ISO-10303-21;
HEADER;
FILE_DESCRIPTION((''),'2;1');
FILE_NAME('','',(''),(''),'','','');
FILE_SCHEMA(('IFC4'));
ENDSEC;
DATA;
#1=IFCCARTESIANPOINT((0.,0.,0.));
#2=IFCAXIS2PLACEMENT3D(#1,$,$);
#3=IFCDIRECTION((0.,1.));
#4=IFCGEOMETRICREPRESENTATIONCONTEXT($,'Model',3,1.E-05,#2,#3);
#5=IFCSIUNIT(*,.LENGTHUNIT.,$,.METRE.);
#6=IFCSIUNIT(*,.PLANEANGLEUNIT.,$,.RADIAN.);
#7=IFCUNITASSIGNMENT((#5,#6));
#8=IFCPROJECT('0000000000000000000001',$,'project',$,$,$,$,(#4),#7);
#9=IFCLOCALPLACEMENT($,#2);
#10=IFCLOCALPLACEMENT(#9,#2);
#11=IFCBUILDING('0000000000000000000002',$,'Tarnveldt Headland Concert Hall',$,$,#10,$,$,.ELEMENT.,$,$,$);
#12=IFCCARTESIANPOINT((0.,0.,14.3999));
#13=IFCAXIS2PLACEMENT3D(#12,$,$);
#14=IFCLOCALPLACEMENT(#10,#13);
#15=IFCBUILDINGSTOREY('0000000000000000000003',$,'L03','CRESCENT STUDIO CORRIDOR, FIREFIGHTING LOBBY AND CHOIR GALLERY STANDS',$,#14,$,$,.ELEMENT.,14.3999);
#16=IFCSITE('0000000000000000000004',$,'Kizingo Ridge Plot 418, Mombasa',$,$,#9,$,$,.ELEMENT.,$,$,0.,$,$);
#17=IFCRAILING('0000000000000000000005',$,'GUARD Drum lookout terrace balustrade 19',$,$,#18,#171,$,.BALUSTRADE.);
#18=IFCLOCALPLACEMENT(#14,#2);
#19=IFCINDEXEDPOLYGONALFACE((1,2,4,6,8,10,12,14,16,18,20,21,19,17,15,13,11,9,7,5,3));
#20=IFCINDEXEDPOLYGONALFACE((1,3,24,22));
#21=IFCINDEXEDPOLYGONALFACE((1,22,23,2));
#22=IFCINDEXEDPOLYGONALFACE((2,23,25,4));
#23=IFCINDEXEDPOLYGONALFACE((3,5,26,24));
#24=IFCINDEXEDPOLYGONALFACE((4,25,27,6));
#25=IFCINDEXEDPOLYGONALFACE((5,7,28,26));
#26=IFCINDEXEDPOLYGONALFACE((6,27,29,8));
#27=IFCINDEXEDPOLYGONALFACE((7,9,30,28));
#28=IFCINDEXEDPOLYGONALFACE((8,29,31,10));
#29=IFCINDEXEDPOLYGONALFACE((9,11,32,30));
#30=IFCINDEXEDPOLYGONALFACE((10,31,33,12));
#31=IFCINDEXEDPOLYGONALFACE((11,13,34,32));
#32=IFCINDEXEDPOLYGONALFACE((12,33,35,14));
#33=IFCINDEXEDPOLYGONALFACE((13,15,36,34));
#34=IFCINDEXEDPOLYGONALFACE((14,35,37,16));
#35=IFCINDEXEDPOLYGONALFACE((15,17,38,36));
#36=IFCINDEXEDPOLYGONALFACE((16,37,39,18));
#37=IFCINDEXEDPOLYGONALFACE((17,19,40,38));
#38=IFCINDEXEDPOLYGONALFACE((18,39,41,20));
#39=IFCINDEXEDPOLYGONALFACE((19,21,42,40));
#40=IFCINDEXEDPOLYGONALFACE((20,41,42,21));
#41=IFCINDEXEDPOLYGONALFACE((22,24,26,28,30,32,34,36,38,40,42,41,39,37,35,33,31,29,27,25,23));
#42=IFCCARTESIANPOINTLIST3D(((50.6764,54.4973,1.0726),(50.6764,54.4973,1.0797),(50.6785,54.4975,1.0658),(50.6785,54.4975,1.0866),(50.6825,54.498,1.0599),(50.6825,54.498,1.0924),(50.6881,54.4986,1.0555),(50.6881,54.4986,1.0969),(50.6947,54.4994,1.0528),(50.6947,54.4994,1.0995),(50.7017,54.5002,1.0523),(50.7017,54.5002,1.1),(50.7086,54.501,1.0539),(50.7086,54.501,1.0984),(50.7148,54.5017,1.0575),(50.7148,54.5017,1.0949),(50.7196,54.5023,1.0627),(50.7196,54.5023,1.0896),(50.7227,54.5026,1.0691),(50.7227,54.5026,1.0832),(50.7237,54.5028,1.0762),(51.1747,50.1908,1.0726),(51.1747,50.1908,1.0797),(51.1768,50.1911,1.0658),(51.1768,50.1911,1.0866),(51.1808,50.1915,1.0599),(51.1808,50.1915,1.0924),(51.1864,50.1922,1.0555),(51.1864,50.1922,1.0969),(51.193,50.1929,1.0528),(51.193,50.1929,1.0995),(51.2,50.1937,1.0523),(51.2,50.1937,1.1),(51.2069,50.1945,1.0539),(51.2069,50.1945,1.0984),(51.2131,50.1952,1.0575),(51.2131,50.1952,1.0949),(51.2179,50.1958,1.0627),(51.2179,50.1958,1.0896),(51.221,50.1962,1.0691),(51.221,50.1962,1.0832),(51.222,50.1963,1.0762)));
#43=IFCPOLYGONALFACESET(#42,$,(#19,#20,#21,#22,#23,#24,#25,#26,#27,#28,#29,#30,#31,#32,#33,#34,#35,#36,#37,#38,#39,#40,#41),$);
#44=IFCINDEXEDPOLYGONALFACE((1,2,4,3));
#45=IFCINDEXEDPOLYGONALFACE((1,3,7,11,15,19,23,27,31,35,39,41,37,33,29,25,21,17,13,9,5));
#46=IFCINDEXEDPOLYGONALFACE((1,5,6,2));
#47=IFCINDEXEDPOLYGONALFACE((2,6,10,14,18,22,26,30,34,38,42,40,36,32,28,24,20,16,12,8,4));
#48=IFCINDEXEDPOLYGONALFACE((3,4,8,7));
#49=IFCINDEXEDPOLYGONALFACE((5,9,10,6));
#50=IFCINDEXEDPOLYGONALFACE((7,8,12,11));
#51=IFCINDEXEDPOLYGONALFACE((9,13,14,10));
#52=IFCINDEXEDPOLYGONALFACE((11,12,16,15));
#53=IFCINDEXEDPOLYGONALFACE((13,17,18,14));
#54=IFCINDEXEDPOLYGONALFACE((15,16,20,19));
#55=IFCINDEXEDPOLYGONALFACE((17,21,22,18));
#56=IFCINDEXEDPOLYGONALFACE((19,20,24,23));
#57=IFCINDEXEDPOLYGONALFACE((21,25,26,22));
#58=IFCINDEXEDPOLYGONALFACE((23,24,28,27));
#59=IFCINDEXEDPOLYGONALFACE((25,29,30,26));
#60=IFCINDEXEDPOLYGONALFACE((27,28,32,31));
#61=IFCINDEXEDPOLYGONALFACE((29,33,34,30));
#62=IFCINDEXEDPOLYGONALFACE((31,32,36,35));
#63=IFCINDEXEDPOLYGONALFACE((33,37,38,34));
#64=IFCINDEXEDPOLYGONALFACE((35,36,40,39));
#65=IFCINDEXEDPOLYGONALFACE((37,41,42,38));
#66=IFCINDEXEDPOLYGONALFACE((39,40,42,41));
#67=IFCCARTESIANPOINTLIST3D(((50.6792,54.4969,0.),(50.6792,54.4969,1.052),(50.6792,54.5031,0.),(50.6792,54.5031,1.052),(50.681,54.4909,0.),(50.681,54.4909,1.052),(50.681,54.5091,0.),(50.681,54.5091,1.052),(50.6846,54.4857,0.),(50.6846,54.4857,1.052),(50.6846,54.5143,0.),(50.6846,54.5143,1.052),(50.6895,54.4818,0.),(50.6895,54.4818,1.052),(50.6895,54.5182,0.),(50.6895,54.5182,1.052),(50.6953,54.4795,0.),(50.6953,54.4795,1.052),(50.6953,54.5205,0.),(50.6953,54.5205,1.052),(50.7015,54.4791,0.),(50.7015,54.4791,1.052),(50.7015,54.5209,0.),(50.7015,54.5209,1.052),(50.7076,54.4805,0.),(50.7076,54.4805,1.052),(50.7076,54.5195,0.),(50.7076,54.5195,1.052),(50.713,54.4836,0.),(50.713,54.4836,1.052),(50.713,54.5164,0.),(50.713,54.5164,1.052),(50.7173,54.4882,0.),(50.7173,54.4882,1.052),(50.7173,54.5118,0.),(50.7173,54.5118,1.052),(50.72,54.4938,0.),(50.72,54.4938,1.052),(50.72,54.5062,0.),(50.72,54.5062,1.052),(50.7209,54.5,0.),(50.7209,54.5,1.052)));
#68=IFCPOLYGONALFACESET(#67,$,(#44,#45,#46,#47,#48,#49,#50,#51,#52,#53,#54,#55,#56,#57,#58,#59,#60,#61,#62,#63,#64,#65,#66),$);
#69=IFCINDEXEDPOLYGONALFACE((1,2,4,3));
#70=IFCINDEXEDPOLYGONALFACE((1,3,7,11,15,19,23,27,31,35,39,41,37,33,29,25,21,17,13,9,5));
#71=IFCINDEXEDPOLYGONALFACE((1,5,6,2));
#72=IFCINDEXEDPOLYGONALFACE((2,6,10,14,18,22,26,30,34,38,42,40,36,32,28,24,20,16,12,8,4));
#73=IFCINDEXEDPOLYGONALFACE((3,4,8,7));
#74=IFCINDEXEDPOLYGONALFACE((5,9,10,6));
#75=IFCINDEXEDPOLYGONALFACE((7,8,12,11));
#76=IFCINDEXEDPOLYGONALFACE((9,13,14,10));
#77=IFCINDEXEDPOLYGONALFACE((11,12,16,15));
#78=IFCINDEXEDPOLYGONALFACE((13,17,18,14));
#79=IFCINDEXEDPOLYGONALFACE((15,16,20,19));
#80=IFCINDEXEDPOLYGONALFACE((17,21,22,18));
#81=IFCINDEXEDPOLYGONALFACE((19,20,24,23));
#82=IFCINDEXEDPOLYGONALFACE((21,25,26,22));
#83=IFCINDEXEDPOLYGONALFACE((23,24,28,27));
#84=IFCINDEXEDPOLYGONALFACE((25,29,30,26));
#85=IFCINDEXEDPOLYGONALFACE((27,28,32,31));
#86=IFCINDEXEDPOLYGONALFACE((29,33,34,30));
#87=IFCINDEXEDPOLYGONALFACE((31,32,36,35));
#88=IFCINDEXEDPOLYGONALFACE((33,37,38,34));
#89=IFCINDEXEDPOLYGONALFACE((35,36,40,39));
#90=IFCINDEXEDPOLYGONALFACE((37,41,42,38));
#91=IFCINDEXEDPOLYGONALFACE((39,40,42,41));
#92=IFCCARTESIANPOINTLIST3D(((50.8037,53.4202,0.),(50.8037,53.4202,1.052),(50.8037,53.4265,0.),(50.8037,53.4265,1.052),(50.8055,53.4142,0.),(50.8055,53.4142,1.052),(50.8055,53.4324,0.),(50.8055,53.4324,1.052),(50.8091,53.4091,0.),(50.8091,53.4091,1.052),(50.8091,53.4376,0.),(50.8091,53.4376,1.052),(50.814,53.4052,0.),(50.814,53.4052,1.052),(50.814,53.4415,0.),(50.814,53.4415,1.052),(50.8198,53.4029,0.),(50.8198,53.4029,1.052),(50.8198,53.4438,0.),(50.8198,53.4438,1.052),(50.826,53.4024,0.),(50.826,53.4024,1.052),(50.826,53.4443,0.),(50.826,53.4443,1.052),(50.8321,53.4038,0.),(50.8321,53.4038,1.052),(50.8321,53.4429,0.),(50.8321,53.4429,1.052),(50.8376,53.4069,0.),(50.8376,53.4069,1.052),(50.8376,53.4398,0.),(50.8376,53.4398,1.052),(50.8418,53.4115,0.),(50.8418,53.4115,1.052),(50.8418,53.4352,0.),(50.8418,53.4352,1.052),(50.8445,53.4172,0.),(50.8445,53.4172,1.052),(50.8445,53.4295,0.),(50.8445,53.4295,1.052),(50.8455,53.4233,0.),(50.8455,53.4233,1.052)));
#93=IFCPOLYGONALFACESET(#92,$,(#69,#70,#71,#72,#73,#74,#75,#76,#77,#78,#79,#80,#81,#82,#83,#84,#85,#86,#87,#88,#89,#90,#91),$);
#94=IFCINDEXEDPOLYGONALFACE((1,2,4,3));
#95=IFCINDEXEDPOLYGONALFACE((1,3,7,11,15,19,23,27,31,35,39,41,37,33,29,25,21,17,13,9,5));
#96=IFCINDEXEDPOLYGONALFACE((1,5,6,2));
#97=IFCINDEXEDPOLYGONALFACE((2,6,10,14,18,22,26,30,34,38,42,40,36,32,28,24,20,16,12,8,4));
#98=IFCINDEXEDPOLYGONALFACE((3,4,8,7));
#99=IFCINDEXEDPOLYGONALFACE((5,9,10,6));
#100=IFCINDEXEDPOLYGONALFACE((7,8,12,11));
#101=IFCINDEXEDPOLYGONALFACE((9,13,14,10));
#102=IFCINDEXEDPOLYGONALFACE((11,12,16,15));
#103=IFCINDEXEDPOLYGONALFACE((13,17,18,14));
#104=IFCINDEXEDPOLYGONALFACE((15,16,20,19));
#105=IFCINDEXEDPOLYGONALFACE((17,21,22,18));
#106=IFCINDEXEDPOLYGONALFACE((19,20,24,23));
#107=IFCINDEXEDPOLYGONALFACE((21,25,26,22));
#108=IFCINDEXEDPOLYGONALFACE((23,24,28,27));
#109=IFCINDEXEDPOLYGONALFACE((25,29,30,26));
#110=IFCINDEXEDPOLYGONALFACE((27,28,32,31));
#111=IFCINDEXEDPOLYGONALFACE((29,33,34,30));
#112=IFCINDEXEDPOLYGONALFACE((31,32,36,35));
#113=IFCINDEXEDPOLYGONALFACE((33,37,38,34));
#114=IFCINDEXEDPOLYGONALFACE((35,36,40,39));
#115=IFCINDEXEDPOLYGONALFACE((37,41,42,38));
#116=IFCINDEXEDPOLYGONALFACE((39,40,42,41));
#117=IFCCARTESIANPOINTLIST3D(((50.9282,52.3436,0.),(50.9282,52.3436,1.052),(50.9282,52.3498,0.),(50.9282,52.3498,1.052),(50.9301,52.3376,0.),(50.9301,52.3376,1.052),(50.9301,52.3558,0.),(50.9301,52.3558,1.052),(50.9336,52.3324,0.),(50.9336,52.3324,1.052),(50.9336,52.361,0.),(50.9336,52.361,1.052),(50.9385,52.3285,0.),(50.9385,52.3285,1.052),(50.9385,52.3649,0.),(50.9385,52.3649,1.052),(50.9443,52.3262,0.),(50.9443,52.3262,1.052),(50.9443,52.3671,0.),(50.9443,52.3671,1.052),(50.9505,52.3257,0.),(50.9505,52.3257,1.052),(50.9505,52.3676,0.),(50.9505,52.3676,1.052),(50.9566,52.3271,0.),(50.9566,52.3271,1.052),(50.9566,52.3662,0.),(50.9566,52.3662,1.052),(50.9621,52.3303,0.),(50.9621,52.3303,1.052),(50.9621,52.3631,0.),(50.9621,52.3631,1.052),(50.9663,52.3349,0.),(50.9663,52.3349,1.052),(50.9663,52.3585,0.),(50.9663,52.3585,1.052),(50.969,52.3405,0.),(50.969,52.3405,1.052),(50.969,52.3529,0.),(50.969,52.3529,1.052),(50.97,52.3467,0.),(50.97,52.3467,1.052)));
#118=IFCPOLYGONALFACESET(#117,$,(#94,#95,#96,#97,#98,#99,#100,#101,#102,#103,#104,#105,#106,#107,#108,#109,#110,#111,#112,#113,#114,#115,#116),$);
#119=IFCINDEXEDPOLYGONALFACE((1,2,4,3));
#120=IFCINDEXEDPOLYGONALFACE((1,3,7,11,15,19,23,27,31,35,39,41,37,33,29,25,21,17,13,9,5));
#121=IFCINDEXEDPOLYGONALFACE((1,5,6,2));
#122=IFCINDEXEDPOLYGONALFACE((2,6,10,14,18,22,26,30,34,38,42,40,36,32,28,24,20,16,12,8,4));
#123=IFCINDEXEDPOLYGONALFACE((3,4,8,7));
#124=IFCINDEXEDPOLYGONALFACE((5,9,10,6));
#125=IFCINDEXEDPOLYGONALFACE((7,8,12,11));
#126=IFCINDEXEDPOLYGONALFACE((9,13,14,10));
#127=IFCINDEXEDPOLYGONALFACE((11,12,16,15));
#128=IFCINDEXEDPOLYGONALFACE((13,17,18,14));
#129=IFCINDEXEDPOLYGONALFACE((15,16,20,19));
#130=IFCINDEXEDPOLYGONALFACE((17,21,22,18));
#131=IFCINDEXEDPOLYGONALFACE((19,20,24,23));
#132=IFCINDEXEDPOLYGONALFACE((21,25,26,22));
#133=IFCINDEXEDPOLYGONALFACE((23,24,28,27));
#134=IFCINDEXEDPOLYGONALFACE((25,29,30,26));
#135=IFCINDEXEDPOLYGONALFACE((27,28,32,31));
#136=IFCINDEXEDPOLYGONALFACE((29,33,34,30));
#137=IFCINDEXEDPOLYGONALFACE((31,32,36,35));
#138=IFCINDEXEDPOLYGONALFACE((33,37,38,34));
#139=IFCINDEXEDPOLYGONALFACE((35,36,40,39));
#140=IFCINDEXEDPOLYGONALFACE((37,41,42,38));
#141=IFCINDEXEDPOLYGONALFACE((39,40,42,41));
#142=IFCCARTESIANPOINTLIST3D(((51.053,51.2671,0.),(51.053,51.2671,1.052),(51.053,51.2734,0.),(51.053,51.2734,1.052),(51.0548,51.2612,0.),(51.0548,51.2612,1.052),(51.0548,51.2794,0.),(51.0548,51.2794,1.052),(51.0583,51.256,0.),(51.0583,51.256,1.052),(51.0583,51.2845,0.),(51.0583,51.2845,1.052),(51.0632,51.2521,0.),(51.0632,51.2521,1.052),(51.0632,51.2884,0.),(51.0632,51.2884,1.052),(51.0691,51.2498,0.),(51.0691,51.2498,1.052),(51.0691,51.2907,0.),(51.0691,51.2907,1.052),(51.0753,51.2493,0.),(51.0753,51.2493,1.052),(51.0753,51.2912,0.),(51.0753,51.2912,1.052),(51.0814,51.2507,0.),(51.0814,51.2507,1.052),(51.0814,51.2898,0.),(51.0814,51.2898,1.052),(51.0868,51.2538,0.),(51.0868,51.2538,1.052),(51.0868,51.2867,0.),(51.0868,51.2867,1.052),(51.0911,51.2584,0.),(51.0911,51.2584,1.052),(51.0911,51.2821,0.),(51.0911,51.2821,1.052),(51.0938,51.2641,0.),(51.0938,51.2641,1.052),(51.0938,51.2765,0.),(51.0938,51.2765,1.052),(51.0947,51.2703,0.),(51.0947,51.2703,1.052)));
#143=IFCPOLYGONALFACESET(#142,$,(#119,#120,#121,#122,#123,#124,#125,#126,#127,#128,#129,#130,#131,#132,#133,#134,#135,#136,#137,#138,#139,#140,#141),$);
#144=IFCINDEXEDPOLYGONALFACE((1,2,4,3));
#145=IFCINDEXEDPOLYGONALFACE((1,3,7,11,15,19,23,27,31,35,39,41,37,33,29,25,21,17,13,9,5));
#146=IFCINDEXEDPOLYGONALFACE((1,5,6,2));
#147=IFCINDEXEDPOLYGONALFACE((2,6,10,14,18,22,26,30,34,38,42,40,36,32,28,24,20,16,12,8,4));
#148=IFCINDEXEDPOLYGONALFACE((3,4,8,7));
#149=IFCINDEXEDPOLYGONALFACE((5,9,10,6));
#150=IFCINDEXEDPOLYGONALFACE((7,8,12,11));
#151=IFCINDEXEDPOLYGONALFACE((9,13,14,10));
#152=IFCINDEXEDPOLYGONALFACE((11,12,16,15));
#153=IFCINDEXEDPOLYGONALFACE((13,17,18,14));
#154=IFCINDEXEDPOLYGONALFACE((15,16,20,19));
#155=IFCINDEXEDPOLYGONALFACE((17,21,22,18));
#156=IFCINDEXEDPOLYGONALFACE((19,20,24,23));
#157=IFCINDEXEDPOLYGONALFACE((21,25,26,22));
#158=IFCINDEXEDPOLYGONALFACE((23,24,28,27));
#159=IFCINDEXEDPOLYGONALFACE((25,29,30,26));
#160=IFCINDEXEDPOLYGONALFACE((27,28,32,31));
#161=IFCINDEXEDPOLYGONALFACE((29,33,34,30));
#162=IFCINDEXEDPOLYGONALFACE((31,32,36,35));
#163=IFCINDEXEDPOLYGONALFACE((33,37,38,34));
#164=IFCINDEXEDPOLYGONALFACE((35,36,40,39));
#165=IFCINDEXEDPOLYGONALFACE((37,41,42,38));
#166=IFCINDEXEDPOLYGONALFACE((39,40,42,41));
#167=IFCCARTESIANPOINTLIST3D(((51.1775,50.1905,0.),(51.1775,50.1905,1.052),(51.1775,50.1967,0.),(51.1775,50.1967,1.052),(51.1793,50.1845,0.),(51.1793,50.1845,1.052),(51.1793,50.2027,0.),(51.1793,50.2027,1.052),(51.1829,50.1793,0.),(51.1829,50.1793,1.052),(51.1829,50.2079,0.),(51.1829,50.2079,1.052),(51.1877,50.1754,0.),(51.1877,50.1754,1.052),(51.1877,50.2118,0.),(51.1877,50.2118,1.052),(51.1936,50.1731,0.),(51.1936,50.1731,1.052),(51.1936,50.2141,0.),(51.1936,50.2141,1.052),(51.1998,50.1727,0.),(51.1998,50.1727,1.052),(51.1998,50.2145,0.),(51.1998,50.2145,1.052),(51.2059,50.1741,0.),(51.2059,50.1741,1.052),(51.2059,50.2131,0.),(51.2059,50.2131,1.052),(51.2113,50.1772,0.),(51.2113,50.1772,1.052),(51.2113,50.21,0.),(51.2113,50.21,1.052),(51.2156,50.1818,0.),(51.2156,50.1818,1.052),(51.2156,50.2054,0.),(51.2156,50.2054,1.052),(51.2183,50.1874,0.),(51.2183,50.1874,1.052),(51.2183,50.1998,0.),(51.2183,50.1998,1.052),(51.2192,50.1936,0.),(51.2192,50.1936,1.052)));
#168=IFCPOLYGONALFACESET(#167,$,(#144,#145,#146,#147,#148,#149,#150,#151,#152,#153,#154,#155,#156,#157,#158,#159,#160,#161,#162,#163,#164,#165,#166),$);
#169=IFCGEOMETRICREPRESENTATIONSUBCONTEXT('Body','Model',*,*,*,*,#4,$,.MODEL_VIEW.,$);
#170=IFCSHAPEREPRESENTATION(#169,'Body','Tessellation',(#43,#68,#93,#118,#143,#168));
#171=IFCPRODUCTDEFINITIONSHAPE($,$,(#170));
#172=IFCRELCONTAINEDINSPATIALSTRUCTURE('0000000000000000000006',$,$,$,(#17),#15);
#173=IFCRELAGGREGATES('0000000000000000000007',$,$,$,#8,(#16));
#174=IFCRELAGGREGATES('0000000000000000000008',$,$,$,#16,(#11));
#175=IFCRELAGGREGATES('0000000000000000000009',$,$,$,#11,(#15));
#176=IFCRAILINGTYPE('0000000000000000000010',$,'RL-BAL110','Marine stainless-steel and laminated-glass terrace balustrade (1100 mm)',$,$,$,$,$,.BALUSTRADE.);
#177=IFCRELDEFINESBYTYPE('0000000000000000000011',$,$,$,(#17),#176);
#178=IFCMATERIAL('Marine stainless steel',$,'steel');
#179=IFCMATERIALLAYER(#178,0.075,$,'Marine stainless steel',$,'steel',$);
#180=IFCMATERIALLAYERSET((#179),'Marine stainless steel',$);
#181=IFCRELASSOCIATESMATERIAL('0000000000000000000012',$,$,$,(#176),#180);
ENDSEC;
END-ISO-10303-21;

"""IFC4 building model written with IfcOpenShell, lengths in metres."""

from ifc_helpers import new_model, si_unit, direction, frame, origin, origin_2d, place, context, subcontext, project, spatial, circle, extrude, material, layer, layer_set, type_object, element, save


model = new_model("IFC4")

# Units and contexts
model_context = context("Model", 3, precision=1e-05, world=origin(), true_north=direction((0.0, 1.0)))
body_context = subcontext(model_context, "Body", "Model", "MODEL_VIEW")
ifc_project = project(units=[si_unit("LENGTHUNIT", "METRE"), si_unit("PLANEANGLEUNIT", "RADIAN")], contexts=[model_context])

# Site, building, storey
site_placement = place(None, origin())
site = spatial("IfcSite", under=ifc_project, at=site_placement, Name="Kizingo Ridge Plot 418, Mombasa", CompositionType="ELEMENT", RefElevation=0.0)
building_placement = place(site_placement, origin())
building = spatial("IfcBuilding", under=site, at=building_placement, Name="Tarnveldt Headland Concert Hall", CompositionType="ELEMENT")
storey_placement = place(building_placement, frame((0.0, 0.0, 14.3999)))
storey = spatial("IfcBuildingStorey", under=building, at=storey_placement, Name="L03", Description="CRESCENT STUDIO CORRIDOR, FIREFIGHTING LOBBY AND CHOIR GALLERY STANDS", CompositionType="ELEMENT", Elevation=14.3999)

# Railing
ifc_material_1 = material(Name="Marine stainless steel", Category="steel")
ifc_layer_1 = layer(ifc_material_1, 0.075, Name="Marine stainless steel", Category="steel")
ifc_layer_set_1 = layer_set([ifc_layer_1], Name="Marine stainless steel")
railing_type = type_object("IfcRailingType", Name="RL-BAL110", Description="Marine stainless-steel and laminated-glass terrace balustrade (1100 mm)", PredefinedType="BALUSTRADE", material=ifc_layer_set_1)
railing_1_placement = place(storey_placement, frame((50.7, 54.5, 0.0)))
element("IfcRailing", 1, at=railing_1_placement, inside=storey, type_object=railing_type, Name="GUARD Drum lookout terrace balustrade 19", PredefinedType="BALUSTRADE", context=body_context, shape_type="SweptSolid", body=[
    extrude(circle(Radius=0.0239, at=origin_2d()), frame((0.0, 0.0, 1.0762), z_axis=(0.114943, -0.993372, 0.0), x_axis=(0.993372, 0.114943, 0.0)), (0.0, 0.0, 1.0), 4.3352),
    extrude(circle(Radius=0.021, at=origin_2d()), origin(), (0.0, 0.0, 1.0), 1.052),
    extrude(circle(Radius=0.021, at=origin_2d()), frame((0.1245, -1.0767, 0.0)), (0.0, 0.0, 1.0), 1.052),
    extrude(circle(Radius=0.021, at=origin_2d()), frame((0.249, -2.1533, 0.0)), (0.0, 0.0, 1.0), 1.052),
    extrude(circle(Radius=0.021, at=origin_2d()), frame((0.3738, -3.2297, 0.0)), (0.0, 0.0, 1.0), 1.052),
    extrude(circle(Radius=0.021, at=origin_2d()), frame((0.4983, -4.3064, 0.0)), (0.0, 0.0, 1.0), 1.052),
])

save(model, "model.ifc")
